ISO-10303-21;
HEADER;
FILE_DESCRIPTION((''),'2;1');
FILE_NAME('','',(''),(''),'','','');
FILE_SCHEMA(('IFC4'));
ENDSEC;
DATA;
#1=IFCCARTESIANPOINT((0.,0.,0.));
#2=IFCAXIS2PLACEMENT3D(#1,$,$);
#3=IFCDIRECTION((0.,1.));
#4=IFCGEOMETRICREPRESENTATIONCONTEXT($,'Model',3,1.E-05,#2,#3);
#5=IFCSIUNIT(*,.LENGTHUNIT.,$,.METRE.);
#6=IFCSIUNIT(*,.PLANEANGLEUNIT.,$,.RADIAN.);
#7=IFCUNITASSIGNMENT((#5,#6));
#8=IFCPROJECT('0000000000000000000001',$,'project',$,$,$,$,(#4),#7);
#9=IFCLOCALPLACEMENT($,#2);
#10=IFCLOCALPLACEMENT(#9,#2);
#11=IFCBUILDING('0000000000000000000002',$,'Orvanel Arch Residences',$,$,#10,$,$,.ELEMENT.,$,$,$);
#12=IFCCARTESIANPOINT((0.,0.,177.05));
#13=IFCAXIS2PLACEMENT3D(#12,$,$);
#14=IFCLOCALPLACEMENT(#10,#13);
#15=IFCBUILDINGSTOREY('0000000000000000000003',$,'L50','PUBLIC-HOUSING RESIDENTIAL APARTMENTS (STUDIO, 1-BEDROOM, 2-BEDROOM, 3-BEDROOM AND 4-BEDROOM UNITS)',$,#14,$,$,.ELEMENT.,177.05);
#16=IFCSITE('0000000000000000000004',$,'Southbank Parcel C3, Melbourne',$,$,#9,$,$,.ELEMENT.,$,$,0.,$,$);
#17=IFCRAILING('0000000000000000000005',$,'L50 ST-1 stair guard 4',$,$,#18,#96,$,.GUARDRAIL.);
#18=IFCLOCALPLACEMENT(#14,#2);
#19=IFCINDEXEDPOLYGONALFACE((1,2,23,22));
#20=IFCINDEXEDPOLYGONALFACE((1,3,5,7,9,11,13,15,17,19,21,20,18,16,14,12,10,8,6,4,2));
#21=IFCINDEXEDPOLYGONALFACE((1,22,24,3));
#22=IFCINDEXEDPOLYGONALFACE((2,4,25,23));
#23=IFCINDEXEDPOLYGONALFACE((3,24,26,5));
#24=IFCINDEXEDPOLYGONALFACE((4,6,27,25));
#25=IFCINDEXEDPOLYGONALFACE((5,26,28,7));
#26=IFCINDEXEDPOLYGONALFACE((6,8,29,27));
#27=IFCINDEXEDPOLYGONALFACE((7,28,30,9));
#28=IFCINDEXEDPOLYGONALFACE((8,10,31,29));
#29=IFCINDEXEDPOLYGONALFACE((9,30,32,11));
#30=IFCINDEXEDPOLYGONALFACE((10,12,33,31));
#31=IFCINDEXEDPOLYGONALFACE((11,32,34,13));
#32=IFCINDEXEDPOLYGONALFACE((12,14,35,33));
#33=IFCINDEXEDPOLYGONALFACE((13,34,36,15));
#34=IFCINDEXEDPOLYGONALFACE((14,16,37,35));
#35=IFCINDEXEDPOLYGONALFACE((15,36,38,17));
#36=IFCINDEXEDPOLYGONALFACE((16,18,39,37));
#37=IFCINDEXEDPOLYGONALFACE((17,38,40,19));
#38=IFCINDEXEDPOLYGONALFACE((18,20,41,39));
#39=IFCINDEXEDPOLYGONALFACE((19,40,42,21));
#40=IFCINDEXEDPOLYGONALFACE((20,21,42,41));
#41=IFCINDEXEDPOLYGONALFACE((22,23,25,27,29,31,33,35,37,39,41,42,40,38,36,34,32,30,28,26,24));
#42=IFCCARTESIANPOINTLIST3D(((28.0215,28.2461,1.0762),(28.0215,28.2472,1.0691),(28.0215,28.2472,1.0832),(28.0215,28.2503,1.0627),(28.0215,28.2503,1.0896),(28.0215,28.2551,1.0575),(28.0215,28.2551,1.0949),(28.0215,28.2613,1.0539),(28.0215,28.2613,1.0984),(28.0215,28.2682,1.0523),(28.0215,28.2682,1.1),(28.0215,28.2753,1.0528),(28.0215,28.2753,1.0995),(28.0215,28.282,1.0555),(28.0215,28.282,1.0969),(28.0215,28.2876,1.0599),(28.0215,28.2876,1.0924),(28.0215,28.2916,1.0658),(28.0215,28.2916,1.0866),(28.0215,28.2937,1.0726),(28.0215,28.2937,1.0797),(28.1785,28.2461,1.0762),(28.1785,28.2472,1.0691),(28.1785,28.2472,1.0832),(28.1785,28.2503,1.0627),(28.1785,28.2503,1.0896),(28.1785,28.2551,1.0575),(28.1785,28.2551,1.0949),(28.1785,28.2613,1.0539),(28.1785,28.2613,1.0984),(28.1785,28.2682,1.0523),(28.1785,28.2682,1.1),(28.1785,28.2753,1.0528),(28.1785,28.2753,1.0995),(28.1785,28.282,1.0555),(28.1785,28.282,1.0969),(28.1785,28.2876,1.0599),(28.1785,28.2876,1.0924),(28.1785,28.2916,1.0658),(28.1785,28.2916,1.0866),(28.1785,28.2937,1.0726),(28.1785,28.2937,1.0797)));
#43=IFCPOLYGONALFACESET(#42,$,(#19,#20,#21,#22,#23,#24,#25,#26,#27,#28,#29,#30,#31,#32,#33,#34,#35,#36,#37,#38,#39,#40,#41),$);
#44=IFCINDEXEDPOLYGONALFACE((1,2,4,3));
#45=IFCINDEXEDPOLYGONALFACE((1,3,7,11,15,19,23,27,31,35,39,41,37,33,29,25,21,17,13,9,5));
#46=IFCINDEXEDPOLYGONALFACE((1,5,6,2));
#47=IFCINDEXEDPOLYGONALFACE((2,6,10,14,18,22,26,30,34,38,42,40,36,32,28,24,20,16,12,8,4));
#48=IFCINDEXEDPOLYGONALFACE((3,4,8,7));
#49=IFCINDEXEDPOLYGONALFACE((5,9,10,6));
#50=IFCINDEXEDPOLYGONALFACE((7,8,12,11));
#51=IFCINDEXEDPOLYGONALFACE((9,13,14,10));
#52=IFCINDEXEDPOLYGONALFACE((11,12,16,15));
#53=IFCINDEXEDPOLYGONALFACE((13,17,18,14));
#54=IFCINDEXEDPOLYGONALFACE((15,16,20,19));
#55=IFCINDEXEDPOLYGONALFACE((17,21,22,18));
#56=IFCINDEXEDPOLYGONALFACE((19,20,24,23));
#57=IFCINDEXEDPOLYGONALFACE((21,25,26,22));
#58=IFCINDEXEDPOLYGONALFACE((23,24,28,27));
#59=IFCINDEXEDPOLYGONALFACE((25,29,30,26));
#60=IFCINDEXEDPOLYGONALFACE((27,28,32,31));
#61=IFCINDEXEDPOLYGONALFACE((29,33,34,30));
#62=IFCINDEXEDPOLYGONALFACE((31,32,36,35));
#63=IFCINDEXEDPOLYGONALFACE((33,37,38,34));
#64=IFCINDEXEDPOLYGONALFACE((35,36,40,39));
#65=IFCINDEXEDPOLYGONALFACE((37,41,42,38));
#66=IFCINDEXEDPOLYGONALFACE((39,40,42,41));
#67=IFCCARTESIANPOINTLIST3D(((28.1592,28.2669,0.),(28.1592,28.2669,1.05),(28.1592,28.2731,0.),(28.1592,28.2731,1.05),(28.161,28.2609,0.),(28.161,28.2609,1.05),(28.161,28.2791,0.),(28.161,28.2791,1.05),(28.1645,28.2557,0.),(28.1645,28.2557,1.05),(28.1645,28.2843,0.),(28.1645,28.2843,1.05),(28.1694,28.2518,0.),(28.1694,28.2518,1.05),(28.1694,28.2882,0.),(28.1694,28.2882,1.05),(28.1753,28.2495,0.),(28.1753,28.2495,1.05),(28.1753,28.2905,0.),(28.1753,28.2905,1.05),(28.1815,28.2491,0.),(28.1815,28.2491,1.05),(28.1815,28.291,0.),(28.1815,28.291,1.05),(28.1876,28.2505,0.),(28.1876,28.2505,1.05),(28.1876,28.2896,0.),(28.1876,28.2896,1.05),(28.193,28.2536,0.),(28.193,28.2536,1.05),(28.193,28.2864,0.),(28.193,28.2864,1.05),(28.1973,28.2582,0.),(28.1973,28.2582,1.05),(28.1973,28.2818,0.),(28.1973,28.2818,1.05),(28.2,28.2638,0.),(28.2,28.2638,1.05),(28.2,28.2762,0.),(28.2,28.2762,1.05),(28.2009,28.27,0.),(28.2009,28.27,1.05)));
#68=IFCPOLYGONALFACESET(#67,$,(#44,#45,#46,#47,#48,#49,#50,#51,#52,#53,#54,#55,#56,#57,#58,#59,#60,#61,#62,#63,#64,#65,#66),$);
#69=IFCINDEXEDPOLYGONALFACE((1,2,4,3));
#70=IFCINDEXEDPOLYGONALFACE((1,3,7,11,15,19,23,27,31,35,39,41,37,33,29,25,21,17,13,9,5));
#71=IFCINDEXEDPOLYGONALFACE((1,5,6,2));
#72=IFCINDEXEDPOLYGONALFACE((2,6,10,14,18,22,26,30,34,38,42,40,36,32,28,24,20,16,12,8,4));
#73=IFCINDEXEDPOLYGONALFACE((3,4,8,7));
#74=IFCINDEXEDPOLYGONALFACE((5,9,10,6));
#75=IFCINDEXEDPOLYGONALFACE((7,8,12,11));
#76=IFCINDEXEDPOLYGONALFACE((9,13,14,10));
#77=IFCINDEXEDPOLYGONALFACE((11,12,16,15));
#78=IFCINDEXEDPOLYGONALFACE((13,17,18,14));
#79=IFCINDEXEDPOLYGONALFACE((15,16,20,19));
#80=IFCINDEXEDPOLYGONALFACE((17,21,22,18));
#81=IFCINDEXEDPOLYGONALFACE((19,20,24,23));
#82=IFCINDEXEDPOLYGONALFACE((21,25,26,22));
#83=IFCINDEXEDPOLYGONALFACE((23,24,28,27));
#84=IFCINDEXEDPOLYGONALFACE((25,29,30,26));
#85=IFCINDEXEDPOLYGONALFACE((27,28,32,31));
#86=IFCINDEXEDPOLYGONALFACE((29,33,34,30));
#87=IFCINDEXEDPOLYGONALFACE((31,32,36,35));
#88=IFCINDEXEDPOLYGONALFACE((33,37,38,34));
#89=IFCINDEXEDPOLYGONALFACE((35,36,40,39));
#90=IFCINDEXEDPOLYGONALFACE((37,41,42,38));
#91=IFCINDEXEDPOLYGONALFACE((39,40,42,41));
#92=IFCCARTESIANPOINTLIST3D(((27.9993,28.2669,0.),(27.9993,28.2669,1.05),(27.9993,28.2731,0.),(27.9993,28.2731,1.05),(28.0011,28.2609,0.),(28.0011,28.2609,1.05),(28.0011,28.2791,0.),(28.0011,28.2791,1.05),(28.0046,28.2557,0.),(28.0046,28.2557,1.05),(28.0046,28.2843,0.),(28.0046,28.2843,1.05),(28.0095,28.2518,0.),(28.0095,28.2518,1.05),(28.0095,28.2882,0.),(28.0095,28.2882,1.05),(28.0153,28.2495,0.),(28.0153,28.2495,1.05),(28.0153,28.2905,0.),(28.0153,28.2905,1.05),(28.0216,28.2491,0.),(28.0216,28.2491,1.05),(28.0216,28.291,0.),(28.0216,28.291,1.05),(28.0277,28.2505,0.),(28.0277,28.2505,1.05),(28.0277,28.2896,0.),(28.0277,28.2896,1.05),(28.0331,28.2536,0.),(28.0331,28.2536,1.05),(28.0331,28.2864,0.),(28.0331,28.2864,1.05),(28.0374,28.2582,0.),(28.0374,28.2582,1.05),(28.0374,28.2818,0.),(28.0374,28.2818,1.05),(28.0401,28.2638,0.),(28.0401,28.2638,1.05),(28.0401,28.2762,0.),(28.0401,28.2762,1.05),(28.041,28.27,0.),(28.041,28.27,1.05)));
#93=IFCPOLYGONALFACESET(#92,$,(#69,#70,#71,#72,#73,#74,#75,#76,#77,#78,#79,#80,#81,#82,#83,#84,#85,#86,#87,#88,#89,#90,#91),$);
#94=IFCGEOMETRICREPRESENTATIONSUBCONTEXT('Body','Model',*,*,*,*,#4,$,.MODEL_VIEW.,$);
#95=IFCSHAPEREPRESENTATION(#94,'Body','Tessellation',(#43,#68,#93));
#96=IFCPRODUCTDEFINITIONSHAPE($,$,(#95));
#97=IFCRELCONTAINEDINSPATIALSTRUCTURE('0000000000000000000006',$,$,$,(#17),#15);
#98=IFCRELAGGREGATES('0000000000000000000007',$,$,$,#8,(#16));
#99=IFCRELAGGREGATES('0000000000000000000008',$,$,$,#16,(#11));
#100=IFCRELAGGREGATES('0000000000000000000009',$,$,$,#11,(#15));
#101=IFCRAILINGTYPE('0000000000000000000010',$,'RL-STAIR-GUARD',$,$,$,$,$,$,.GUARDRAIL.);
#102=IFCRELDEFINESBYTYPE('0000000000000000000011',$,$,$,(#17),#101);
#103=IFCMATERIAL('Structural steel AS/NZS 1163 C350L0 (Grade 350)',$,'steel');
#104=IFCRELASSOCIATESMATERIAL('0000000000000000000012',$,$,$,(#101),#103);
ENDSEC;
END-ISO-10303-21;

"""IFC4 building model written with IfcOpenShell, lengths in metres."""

from ifc_helpers import new_model, si_unit, direction, frame, origin, origin_2d, place, context, subcontext, project, spatial, circle, extrude, material, type_object, element, save


model = new_model("IFC4")

# Units and contexts
model_context = context("Model", 3, precision=1e-05, world=origin(), true_north=direction((0.0, 1.0)))
body_context = subcontext(model_context, "Body", "Model", "MODEL_VIEW")
ifc_project = project(units=[si_unit("LENGTHUNIT", "METRE"), si_unit("PLANEANGLEUNIT", "RADIAN")], contexts=[model_context])

# Site, building, storey
site_placement = place(None, origin())
site = spatial("IfcSite", under=ifc_project, at=site_placement, Name="Southbank Parcel C3, Melbourne", CompositionType="ELEMENT", RefElevation=0.0)
building_placement = place(site_placement, origin())
building = spatial("IfcBuilding", under=site, at=building_placement, Name="Orvanel Arch Residences", CompositionType="ELEMENT")
storey_placement = place(building_placement, frame((0.0, 0.0, 177.05)))
storey = spatial("IfcBuildingStorey", under=building, at=storey_placement, Name="L50", Description="PUBLIC-HOUSING RESIDENTIAL APARTMENTS (STUDIO, 1-BEDROOM, 2-BEDROOM, 3-BEDROOM AND 4-BEDROOM UNITS)", CompositionType="ELEMENT", Elevation=177.05)

# Railing
ifc_material_1 = material(Name="Structural steel AS/NZS 1163 C350L0 (Grade 350)", Category="steel")
railing_type_1 = type_object("IfcRailingType", Name="RL-STAIR-GUARD", PredefinedType="GUARDRAIL", material=ifc_material_1)
railing_1_placement = place(storey_placement, frame((28.1799, 28.27, 0.0)))
element("IfcRailing", 1, at=railing_1_placement, inside=storey, type_object=railing_type_1, Name="L50 ST-1 stair guard 4", PredefinedType="GUARDRAIL", context=body_context, shape_type="SweptSolid", body=[
    extrude(circle(Radius=0.0239, at=origin_2d()), frame((-0.0015, 0.0, 1.0762), z_axis=(-1.0, 0.0, 0.0), x_axis=(0.0, -1.0, 0.0)), (0.0, 0.0, 1.0), 0.157),
    extrude(circle(Radius=0.021, at=origin_2d()), origin(), (0.0, 0.0, 1.0), 1.05),
    extrude(circle(Radius=0.021, at=origin_2d()), frame((-0.1599, 0.0, 0.0)), (0.0, 0.0, 1.0), 1.05),
])

save(model, "model.ifc")
